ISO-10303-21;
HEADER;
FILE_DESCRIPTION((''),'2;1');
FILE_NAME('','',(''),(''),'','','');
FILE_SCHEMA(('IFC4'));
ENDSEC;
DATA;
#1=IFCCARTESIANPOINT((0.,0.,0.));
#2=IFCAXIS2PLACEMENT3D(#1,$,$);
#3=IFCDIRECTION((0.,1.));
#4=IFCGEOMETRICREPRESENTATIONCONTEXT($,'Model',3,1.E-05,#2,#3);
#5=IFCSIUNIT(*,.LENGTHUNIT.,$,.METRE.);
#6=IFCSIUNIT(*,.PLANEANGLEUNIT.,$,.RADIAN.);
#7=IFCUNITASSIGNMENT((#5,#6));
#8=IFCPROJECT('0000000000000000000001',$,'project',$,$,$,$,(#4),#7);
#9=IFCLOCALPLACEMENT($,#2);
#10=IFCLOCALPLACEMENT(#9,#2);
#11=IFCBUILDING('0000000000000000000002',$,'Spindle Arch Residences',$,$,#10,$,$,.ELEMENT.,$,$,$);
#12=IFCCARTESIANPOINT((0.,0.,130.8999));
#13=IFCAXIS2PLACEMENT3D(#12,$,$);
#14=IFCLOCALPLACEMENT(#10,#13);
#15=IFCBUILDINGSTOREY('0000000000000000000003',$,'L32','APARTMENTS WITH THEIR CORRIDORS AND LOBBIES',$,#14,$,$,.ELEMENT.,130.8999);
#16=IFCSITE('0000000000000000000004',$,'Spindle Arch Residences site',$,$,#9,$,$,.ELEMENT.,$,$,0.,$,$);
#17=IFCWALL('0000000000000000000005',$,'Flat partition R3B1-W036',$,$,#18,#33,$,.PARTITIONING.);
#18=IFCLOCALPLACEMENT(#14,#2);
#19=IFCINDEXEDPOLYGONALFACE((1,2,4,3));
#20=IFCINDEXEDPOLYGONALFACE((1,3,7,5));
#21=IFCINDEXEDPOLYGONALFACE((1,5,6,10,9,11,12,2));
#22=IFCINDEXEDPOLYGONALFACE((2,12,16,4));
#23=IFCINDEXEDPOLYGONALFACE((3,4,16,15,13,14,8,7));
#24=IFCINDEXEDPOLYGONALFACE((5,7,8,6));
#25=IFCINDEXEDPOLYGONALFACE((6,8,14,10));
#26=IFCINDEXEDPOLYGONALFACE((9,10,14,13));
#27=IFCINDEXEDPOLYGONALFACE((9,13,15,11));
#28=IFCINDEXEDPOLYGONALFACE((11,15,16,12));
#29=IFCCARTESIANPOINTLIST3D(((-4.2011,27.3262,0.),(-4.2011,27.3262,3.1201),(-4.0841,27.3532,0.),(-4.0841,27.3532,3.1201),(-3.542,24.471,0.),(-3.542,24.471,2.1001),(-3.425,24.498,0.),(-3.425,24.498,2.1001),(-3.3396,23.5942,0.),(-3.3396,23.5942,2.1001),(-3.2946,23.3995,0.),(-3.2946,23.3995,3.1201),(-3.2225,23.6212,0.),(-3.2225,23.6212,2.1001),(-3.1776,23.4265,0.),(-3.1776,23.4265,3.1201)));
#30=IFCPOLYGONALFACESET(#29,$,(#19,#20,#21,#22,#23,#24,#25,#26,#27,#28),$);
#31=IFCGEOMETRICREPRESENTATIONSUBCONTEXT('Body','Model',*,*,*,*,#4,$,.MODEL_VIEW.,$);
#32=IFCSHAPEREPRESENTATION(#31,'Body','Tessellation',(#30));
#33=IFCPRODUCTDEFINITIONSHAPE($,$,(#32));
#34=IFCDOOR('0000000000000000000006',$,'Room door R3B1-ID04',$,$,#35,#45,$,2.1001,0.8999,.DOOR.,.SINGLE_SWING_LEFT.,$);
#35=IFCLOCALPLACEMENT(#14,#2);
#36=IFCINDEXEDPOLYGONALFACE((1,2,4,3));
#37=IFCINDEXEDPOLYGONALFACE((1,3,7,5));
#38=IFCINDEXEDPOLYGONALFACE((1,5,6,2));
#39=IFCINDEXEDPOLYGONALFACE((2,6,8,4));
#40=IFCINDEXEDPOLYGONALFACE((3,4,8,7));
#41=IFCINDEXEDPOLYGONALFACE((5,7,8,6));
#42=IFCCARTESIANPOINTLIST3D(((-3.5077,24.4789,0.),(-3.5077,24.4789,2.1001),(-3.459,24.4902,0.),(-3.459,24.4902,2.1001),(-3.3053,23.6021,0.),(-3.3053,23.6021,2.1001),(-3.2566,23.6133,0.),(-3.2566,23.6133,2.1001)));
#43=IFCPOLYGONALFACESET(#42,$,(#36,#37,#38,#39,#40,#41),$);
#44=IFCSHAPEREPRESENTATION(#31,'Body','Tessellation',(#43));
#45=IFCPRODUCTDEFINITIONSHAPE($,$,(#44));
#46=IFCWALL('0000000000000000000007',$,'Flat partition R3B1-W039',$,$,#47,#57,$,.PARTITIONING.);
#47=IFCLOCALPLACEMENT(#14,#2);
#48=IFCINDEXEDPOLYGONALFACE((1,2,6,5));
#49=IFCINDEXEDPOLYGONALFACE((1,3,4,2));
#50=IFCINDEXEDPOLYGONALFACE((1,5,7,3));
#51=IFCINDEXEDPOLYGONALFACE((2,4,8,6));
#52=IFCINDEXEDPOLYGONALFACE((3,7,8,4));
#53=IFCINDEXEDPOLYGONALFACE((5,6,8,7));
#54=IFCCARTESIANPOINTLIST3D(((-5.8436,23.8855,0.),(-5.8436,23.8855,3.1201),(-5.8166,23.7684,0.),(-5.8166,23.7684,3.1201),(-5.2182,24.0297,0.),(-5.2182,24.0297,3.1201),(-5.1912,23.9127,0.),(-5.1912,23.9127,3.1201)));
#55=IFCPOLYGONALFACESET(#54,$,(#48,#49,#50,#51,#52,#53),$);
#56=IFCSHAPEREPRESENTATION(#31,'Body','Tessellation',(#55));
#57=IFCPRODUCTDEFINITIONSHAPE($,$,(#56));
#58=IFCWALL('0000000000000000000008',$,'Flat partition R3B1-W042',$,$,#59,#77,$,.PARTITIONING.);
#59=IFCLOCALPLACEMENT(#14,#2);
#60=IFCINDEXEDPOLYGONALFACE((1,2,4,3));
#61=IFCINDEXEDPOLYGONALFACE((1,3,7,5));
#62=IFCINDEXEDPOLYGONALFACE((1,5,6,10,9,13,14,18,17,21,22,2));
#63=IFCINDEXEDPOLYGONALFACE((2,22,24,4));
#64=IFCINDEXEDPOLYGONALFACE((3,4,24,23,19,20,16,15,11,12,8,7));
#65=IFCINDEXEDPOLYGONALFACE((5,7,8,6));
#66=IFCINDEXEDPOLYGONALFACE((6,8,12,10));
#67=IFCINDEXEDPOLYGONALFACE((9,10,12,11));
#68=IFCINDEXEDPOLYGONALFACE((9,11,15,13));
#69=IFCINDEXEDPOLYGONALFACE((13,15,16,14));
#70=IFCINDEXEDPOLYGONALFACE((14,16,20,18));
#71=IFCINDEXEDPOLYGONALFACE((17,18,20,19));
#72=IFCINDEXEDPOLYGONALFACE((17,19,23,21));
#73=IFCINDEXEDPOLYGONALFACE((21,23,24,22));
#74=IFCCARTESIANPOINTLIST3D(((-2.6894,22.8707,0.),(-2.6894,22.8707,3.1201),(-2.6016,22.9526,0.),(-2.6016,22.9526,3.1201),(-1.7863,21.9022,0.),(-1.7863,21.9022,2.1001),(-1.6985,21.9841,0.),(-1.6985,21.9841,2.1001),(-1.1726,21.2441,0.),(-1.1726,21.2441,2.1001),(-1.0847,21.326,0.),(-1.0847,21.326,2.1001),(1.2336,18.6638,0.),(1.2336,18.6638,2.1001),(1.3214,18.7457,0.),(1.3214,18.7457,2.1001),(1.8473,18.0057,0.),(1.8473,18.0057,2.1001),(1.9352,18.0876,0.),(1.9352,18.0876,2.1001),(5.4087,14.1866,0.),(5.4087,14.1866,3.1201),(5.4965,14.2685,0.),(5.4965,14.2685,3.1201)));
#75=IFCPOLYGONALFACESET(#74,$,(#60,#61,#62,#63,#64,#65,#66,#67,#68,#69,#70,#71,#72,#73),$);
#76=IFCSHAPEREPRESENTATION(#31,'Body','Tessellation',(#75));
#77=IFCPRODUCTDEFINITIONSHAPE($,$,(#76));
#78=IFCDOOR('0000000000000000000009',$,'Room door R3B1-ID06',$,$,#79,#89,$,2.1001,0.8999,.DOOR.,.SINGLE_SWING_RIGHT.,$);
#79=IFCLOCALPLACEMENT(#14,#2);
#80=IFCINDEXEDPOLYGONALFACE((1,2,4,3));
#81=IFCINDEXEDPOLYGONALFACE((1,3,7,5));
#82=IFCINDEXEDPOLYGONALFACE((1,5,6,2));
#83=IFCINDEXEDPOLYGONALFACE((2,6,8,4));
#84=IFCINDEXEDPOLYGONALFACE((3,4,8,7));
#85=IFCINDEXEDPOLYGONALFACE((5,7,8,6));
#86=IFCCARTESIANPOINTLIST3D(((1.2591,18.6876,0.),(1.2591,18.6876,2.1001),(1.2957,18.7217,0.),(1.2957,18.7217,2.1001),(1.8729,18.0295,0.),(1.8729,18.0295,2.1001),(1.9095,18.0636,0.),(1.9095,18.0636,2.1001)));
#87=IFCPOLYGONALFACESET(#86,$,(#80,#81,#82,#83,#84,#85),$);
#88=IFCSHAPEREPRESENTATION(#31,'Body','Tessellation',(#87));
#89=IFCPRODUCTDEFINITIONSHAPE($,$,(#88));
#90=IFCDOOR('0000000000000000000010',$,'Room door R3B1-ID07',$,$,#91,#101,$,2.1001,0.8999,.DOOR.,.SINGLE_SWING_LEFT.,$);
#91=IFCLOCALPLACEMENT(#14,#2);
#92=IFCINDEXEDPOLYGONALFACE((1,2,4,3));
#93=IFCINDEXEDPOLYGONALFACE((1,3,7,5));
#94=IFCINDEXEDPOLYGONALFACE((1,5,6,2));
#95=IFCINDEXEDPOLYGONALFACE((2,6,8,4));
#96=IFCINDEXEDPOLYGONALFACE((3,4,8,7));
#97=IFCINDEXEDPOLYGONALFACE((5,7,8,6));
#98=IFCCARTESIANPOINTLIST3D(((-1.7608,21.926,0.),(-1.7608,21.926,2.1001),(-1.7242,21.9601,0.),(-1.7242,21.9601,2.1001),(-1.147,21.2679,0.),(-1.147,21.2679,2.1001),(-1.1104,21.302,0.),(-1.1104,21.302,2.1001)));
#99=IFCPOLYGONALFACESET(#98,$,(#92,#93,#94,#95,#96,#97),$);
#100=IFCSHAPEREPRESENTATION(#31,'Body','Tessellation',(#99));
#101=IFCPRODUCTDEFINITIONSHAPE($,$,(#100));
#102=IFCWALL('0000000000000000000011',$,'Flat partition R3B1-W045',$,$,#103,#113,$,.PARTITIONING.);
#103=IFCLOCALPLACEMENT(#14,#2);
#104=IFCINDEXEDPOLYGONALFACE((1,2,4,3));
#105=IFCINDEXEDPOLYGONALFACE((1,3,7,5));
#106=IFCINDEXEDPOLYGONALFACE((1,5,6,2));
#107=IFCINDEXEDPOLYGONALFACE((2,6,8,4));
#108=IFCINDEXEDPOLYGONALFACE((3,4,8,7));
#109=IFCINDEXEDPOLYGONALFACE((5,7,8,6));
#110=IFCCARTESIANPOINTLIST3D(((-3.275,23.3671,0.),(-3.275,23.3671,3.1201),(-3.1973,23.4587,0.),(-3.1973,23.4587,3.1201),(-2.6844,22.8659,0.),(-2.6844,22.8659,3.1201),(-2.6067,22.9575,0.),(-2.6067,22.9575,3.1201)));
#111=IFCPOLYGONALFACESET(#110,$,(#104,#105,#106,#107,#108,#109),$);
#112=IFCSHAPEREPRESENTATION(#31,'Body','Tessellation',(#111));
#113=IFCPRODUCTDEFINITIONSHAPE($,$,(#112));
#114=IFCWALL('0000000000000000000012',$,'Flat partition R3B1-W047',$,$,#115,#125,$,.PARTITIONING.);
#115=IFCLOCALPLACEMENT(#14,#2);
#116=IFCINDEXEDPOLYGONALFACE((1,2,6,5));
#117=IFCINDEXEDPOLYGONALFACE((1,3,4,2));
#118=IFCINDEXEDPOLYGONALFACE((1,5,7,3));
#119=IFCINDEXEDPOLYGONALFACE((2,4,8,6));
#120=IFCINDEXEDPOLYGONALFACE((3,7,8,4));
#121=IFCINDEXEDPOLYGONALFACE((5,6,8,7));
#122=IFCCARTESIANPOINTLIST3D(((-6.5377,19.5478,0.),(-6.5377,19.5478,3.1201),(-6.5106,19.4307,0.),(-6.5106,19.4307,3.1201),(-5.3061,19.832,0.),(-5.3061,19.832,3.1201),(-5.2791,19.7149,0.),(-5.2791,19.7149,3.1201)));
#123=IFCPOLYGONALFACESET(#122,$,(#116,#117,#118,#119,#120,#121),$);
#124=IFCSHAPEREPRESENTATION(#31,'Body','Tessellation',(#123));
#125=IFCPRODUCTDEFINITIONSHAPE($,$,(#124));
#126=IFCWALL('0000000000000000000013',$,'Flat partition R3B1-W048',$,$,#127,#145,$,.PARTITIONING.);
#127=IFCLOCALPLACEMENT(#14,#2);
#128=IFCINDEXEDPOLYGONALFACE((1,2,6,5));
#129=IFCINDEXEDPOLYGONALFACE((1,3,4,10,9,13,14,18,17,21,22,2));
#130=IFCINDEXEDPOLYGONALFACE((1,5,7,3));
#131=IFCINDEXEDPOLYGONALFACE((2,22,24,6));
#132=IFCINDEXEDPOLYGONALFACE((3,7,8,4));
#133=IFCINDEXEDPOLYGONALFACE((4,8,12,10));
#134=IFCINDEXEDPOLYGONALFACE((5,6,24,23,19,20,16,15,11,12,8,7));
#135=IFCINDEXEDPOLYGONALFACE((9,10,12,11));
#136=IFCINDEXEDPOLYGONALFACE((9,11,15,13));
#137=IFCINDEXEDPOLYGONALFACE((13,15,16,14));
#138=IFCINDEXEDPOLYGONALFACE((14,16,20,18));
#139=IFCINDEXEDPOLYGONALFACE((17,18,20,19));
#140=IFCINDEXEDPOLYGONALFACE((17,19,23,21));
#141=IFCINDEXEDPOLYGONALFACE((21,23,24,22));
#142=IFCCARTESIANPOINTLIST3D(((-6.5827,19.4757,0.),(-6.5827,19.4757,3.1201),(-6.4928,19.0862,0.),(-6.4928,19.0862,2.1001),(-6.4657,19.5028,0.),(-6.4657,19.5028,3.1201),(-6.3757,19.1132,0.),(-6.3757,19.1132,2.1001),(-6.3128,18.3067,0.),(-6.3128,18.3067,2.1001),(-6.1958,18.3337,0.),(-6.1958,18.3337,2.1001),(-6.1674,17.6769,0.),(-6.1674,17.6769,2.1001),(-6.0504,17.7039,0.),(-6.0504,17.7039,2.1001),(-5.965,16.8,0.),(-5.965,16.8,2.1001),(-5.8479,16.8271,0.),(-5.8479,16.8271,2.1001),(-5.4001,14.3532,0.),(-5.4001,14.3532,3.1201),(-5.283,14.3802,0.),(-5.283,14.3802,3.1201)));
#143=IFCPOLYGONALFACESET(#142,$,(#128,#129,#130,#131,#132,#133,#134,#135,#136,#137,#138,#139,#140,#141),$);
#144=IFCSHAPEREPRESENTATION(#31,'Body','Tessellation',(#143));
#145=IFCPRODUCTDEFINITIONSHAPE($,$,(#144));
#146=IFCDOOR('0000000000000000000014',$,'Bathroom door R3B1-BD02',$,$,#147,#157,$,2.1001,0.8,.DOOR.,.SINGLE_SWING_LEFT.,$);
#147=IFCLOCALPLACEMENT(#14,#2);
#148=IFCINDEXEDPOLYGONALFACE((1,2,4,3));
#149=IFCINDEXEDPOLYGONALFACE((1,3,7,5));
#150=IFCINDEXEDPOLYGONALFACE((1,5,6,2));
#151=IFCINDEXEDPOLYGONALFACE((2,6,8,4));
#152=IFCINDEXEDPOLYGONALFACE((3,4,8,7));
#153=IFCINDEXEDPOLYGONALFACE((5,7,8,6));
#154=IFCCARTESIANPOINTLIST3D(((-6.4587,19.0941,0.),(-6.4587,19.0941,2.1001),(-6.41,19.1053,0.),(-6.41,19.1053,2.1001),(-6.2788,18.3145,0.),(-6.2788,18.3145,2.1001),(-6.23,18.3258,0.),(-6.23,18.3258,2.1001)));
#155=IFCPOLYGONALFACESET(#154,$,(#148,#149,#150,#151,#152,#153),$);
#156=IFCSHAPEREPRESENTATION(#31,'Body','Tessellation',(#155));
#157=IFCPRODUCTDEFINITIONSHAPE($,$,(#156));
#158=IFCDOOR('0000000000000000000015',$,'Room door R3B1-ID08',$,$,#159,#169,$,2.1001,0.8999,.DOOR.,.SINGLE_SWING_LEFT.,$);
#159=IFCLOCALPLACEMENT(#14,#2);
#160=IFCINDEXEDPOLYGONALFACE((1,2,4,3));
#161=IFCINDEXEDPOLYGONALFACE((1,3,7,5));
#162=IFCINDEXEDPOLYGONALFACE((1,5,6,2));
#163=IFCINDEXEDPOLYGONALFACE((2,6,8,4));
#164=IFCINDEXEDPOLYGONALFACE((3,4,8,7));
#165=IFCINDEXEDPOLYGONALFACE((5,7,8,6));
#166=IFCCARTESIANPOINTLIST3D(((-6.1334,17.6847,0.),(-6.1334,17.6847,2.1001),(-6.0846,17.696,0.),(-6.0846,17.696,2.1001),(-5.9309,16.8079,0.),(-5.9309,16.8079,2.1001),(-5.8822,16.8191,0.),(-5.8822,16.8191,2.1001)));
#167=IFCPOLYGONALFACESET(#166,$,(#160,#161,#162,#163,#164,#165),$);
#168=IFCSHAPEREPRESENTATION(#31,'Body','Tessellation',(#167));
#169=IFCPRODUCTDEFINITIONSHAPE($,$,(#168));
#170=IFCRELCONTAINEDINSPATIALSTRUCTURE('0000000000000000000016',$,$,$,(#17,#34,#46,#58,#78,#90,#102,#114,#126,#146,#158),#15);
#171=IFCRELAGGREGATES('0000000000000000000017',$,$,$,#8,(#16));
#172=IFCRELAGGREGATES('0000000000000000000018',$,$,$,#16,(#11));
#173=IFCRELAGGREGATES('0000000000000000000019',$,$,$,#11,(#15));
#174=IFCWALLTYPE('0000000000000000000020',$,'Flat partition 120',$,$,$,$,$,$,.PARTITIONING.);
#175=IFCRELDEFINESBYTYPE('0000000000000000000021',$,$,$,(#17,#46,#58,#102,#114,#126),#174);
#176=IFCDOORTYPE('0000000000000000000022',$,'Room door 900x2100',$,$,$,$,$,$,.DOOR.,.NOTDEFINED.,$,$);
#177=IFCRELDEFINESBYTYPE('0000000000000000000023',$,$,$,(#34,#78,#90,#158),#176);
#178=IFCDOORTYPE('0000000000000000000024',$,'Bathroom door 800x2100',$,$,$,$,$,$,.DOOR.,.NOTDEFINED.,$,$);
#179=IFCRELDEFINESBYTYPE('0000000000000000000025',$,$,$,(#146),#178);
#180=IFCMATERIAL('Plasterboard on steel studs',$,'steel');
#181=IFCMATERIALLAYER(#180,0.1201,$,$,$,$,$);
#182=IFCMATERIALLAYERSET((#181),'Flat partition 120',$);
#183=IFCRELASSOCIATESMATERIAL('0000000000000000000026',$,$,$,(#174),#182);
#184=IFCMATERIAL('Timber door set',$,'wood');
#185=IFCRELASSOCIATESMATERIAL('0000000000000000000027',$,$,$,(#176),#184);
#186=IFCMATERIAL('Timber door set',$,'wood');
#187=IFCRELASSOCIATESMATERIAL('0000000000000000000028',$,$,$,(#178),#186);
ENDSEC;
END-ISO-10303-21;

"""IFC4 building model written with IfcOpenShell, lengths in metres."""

from ifc_helpers import new_model, si_unit, direction, frame, frame_2d, origin, place, context, subcontext, project, spatial, rectangle, extrude, material, layer, layer_set, type_object, element, fill, save


model = new_model("IFC4")

# Units and contexts
model_context = context("Model", 3, precision=1e-05, world=origin(), true_north=direction((0.0, 1.0)))
body_context = subcontext(model_context, "Body", "Model", "MODEL_VIEW")
ifc_project = project(units=[si_unit("LENGTHUNIT", "METRE"), si_unit("PLANEANGLEUNIT", "RADIAN")], contexts=[model_context])

# Site, building, storey
site_placement = place(None, origin())
site = spatial("IfcSite", under=ifc_project, at=site_placement, Name="Spindle Arch Residences site", CompositionType="ELEMENT", RefElevation=0.0)
building_placement = place(site_placement, origin())
building = spatial("IfcBuilding", under=site, at=building_placement, Name="Spindle Arch Residences", CompositionType="ELEMENT")
storey_placement = place(building_placement, frame((0.0, 0.0, 130.8999)))
storey = spatial("IfcBuildingStorey", under=building, at=storey_placement, Name="L32", Description="APARTMENTS WITH THEIR CORRIDORS AND LOBBIES", CompositionType="ELEMENT", Elevation=130.8999)

# Wall, opening, door
ifc_material_1 = material(Name="Plasterboard on steel studs", Category="steel")
ifc_layer_1 = layer(ifc_material_1, 0.1201)
ifc_layer_set_1 = layer_set([ifc_layer_1], Name="Flat partition 120")
wall_type_1 = type_object("IfcWallType", Name="Flat partition 120", PredefinedType="PARTITIONING", material=ifc_layer_set_1)
wall_1_placement = place(storey_placement, frame((-3.2361, 23.4128, 0.0), z_axis=(0.0, 0.0, 1.0), x_axis=(-0.224935, 0.974374, 0.0)))
wall_1 = element("IfcWall", 1, at=wall_1_placement, inside=storey, type_object=wall_type_1, Name="Flat partition R3B1-W036", PredefinedType="PARTITIONING", context=body_context, shape_type="SweptSolid", body=[
    extrude(rectangle(XDim=4.03, YDim=0.1201, at=frame_2d((2.0151, 0.0))), origin(), (0.0, 0.0, 1.0), 3.1201),
])
opening_1_placement = place(wall_1_placement, frame((0.2, 0.0, 0.0)))
opening_1 = element("IfcOpeningElement", 2, at=opening_1_placement, cuts=wall_1, PredefinedType="OPENING", context=body_context, shape_type="SweptSolid", body=[
    extrude(rectangle(XDim=0.8999, YDim=2.1001, at=frame_2d((0.45, 1.05))), frame((0.0, 0.0701, 0.0), z_axis=(0.0, -1.0, 0.0), x_axis=(1.0, 0.0, 0.0)), (0.0, 0.0, 1.0), 0.1401),
])
ifc_material_2 = material(Name="Timber door set", Category="wood")
door_type_1 = type_object("IfcDoorType", Name="Room door 900x2100", OperationType="NOTDEFINED", PredefinedType="DOOR", material=ifc_material_2)
door_1_placement = place(opening_1_placement, origin())
door_1 = element("IfcDoor", 3, at=door_1_placement, inside=storey, type_object=door_type_1, Name="Room door R3B1-ID04", OperationType="SINGLE_SWING_LEFT", OverallHeight=2.1001, OverallWidth=0.8999, PredefinedType="DOOR", context=body_context, shape_type="SweptSolid", body=[
    extrude(rectangle(XDim=0.8999, YDim=2.1001, at=frame_2d((0.45, 1.05))), frame((0.0, 0.0249, 0.0), z_axis=(0.0, -1.0, 0.0), x_axis=(1.0, 0.0, 0.0)), (0.0, 0.0, 1.0), 0.05),
])
fill(opening_1, door_1)

# Wall
wall_2_placement = place(storey_placement, frame((-5.2048, 23.9712, 0.0), z_axis=(0.0, 0.0, 1.0), x_axis=(-0.97441, -0.224776, 0.0)))
element("IfcWall", 4, at=wall_2_placement, inside=storey, type_object=wall_type_1, Name="Flat partition R3B1-W039", PredefinedType="PARTITIONING", context=body_context, shape_type="SweptSolid", body=[
    extrude(rectangle(XDim=0.6418, YDim=0.1201, at=frame_2d((0.3208, 0.0))), origin(), (0.0, 0.0, 1.0), 3.1201),
])

# Wall, openings, doors
wall_3_placement = place(storey_placement, frame((-2.6455, 22.9116, 0.0), z_axis=(0.0, 0.0, 1.0), x_axis=(0.682003, -0.731349, 0.0)))
wall_3 = element("IfcWall", 5, at=wall_3_placement, inside=storey, type_object=wall_type_1, Name="Flat partition R3B1-W042", PredefinedType="PARTITIONING", context=body_context, shape_type="SweptSolid", body=[
    extrude(rectangle(XDim=11.874, YDim=0.1201, at=frame_2d((5.937, 0.0))), origin(), (0.0, 0.0, 1.0), 3.1201),
])
opening_2_placement = place(wall_3_placement, frame((5.7522, 0.0, 0.0)))
opening_2 = element("IfcOpeningElement", 6, at=opening_2_placement, cuts=wall_3, PredefinedType="OPENING", context=body_context, shape_type="SweptSolid", body=[
    extrude(rectangle(XDim=0.8999, YDim=2.1001, at=frame_2d((0.45, 1.05))), frame((0.0, 0.0701, 0.0), z_axis=(0.0, -1.0, 0.0), x_axis=(1.0, 0.0, 0.0)), (0.0, 0.0, 1.0), 0.1401),
])
opening_3_placement = place(wall_3_placement, frame((1.3242, 0.0, 0.0)))
opening_3 = element("IfcOpeningElement", 7, at=opening_3_placement, cuts=wall_3, PredefinedType="OPENING", context=body_context, shape_type="SweptSolid", body=[
    extrude(rectangle(XDim=0.8999, YDim=2.1001, at=frame_2d((0.45, 1.05))), frame((0.0, 0.0701, 0.0), z_axis=(0.0, -1.0, 0.0), x_axis=(1.0, 0.0, 0.0)), (0.0, 0.0, 1.0), 0.1401),
])
door_2_placement = place(opening_2_placement, origin())
door_2 = element("IfcDoor", 8, at=door_2_placement, inside=storey, type_object=door_type_1, Name="Room door R3B1-ID06", OperationType="SINGLE_SWING_RIGHT", OverallHeight=2.1001, OverallWidth=0.8999, PredefinedType="DOOR", context=body_context, shape_type="SweptSolid", body=[
    extrude(rectangle(XDim=0.8999, YDim=2.1001, at=frame_2d((0.45, 1.05))), frame((0.0, 0.0249, 0.0), z_axis=(0.0, -1.0, 0.0), x_axis=(1.0, 0.0, 0.0)), (0.0, 0.0, 1.0), 0.05),
])
fill(opening_2, door_2)
door_3_placement = place(opening_3_placement, origin())
door_3 = element("IfcDoor", 9, at=door_3_placement, inside=storey, type_object=door_type_1, Name="Room door R3B1-ID07", OperationType="SINGLE_SWING_LEFT", OverallHeight=2.1001, OverallWidth=0.8999, PredefinedType="DOOR", context=body_context, shape_type="SweptSolid", body=[
    extrude(rectangle(XDim=0.8999, YDim=2.1001, at=frame_2d((0.45, 1.05))), frame((0.0, 0.0249, 0.0), z_axis=(0.0, -1.0, 0.0), x_axis=(1.0, 0.0, 0.0)), (0.0, 0.0, 1.0), 0.05),
])
fill(opening_3, door_3)

# Walls
wall_4_placement = place(storey_placement, frame((-3.2361, 23.4128, 0.0), z_axis=(0.0, 0.0, 1.0), x_axis=(0.762429, -0.647072, 0.0)))
element("IfcWall", 10, at=wall_4_placement, inside=storey, type_object=wall_type_1, Name="Flat partition R3B1-W045", PredefinedType="PARTITIONING", context=body_context, shape_type="SweptSolid", body=[
    extrude(rectangle(XDim=0.7747, YDim=0.1201, at=frame_2d((0.3872, 0.0))), origin(), (0.0, 0.0, 1.0), 3.1201),
])
wall_5_placement = place(storey_placement, frame((-5.2927, 19.7734, 0.0), z_axis=(0.0, 0.0, 1.0), x_axis=(-0.974391, -0.22486, 0.0)))
element("IfcWall", 11, at=wall_5_placement, inside=storey, type_object=wall_type_1, Name="Flat partition R3B1-W047", PredefinedType="PARTITIONING", context=body_context, shape_type="SweptSolid", body=[
    extrude(rectangle(XDim=1.2639, YDim=0.1201, at=frame_2d((0.6318, 0.0))), origin(), (0.0, 0.0, 1.0), 3.1201),
])

# Wall, openings, doors
wall_6_placement = place(storey_placement, frame((-6.5242, 19.4893, 0.0), z_axis=(0.0, 0.0, 1.0), x_axis=(0.224948, -0.974371, 0.0)))
wall_6 = element("IfcWall", 12, at=wall_6_placement, inside=storey, type_object=wall_type_1, Name="Flat partition R3B1-W048", PredefinedType="PARTITIONING", context=body_context, shape_type="SweptSolid", body=[
    extrude(rectangle(XDim=5.2573, YDim=0.1201, at=frame_2d((2.6287, 0.0))), origin(), (0.0, 0.0, 1.0), 3.1201),
])
opening_4_placement = place(wall_6_placement, frame((0.3999, 0.0, 0.0)))
opening_4 = element("IfcOpeningElement", 13, at=opening_4_placement, cuts=wall_6, PredefinedType="OPENING", context=body_context, shape_type="SweptSolid", body=[
    extrude(rectangle(XDim=0.8, YDim=2.1001, at=frame_2d((0.3999, 1.05))), frame((0.0, 0.0701, 0.0), z_axis=(0.0, -1.0, 0.0), x_axis=(1.0, 0.0, 0.0)), (0.0, 0.0, 1.0), 0.1401),
])
opening_5_placement = place(wall_6_placement, frame((1.8462, 0.0, 0.0)))
opening_5 = element("IfcOpeningElement", 14, at=opening_5_placement, cuts=wall_6, PredefinedType="OPENING", context=body_context, shape_type="SweptSolid", body=[
    extrude(rectangle(XDim=0.8999, YDim=2.1001, at=frame_2d((0.45, 1.05))), frame((0.0, 0.0701, 0.0), z_axis=(0.0, -1.0, 0.0), x_axis=(1.0, 0.0, 0.0)), (0.0, 0.0, 1.0), 0.1401),
])
ifc_material_3 = material(Name="Timber door set", Category="wood")
door_type_2 = type_object("IfcDoorType", Name="Bathroom door 800x2100", OperationType="NOTDEFINED", PredefinedType="DOOR", material=ifc_material_3)
door_4_placement = place(opening_4_placement, origin())
door_4 = element("IfcDoor", 15, at=door_4_placement, inside=storey, type_object=door_type_2, Name="Bathroom door R3B1-BD02", OperationType="SINGLE_SWING_LEFT", OverallHeight=2.1001, OverallWidth=0.8, PredefinedType="DOOR", context=body_context, shape_type="SweptSolid", body=[
    extrude(rectangle(XDim=0.8, YDim=2.1001, at=frame_2d((0.3999, 1.05))), frame((0.0, 0.0249, 0.0), z_axis=(0.0, -1.0, 0.0), x_axis=(1.0, 0.0, 0.0)), (0.0, 0.0, 1.0), 0.05),
])
fill(opening_4, door_4)
door_5_placement = place(opening_5_placement, origin())
door_5 = element("IfcDoor", 16, at=door_5_placement, inside=storey, type_object=door_type_1, Name="Room door R3B1-ID08", OperationType="SINGLE_SWING_LEFT", OverallHeight=2.1001, OverallWidth=0.8999, PredefinedType="DOOR", context=body_context, shape_type="SweptSolid", body=[
    extrude(rectangle(XDim=0.8999, YDim=2.1001, at=frame_2d((0.45, 1.05))), frame((0.0, 0.0249, 0.0), z_axis=(0.0, -1.0, 0.0), x_axis=(1.0, 0.0, 0.0)), (0.0, 0.0, 1.0), 0.05),
])
fill(opening_5, door_5)

save(model, "model.ifc")
